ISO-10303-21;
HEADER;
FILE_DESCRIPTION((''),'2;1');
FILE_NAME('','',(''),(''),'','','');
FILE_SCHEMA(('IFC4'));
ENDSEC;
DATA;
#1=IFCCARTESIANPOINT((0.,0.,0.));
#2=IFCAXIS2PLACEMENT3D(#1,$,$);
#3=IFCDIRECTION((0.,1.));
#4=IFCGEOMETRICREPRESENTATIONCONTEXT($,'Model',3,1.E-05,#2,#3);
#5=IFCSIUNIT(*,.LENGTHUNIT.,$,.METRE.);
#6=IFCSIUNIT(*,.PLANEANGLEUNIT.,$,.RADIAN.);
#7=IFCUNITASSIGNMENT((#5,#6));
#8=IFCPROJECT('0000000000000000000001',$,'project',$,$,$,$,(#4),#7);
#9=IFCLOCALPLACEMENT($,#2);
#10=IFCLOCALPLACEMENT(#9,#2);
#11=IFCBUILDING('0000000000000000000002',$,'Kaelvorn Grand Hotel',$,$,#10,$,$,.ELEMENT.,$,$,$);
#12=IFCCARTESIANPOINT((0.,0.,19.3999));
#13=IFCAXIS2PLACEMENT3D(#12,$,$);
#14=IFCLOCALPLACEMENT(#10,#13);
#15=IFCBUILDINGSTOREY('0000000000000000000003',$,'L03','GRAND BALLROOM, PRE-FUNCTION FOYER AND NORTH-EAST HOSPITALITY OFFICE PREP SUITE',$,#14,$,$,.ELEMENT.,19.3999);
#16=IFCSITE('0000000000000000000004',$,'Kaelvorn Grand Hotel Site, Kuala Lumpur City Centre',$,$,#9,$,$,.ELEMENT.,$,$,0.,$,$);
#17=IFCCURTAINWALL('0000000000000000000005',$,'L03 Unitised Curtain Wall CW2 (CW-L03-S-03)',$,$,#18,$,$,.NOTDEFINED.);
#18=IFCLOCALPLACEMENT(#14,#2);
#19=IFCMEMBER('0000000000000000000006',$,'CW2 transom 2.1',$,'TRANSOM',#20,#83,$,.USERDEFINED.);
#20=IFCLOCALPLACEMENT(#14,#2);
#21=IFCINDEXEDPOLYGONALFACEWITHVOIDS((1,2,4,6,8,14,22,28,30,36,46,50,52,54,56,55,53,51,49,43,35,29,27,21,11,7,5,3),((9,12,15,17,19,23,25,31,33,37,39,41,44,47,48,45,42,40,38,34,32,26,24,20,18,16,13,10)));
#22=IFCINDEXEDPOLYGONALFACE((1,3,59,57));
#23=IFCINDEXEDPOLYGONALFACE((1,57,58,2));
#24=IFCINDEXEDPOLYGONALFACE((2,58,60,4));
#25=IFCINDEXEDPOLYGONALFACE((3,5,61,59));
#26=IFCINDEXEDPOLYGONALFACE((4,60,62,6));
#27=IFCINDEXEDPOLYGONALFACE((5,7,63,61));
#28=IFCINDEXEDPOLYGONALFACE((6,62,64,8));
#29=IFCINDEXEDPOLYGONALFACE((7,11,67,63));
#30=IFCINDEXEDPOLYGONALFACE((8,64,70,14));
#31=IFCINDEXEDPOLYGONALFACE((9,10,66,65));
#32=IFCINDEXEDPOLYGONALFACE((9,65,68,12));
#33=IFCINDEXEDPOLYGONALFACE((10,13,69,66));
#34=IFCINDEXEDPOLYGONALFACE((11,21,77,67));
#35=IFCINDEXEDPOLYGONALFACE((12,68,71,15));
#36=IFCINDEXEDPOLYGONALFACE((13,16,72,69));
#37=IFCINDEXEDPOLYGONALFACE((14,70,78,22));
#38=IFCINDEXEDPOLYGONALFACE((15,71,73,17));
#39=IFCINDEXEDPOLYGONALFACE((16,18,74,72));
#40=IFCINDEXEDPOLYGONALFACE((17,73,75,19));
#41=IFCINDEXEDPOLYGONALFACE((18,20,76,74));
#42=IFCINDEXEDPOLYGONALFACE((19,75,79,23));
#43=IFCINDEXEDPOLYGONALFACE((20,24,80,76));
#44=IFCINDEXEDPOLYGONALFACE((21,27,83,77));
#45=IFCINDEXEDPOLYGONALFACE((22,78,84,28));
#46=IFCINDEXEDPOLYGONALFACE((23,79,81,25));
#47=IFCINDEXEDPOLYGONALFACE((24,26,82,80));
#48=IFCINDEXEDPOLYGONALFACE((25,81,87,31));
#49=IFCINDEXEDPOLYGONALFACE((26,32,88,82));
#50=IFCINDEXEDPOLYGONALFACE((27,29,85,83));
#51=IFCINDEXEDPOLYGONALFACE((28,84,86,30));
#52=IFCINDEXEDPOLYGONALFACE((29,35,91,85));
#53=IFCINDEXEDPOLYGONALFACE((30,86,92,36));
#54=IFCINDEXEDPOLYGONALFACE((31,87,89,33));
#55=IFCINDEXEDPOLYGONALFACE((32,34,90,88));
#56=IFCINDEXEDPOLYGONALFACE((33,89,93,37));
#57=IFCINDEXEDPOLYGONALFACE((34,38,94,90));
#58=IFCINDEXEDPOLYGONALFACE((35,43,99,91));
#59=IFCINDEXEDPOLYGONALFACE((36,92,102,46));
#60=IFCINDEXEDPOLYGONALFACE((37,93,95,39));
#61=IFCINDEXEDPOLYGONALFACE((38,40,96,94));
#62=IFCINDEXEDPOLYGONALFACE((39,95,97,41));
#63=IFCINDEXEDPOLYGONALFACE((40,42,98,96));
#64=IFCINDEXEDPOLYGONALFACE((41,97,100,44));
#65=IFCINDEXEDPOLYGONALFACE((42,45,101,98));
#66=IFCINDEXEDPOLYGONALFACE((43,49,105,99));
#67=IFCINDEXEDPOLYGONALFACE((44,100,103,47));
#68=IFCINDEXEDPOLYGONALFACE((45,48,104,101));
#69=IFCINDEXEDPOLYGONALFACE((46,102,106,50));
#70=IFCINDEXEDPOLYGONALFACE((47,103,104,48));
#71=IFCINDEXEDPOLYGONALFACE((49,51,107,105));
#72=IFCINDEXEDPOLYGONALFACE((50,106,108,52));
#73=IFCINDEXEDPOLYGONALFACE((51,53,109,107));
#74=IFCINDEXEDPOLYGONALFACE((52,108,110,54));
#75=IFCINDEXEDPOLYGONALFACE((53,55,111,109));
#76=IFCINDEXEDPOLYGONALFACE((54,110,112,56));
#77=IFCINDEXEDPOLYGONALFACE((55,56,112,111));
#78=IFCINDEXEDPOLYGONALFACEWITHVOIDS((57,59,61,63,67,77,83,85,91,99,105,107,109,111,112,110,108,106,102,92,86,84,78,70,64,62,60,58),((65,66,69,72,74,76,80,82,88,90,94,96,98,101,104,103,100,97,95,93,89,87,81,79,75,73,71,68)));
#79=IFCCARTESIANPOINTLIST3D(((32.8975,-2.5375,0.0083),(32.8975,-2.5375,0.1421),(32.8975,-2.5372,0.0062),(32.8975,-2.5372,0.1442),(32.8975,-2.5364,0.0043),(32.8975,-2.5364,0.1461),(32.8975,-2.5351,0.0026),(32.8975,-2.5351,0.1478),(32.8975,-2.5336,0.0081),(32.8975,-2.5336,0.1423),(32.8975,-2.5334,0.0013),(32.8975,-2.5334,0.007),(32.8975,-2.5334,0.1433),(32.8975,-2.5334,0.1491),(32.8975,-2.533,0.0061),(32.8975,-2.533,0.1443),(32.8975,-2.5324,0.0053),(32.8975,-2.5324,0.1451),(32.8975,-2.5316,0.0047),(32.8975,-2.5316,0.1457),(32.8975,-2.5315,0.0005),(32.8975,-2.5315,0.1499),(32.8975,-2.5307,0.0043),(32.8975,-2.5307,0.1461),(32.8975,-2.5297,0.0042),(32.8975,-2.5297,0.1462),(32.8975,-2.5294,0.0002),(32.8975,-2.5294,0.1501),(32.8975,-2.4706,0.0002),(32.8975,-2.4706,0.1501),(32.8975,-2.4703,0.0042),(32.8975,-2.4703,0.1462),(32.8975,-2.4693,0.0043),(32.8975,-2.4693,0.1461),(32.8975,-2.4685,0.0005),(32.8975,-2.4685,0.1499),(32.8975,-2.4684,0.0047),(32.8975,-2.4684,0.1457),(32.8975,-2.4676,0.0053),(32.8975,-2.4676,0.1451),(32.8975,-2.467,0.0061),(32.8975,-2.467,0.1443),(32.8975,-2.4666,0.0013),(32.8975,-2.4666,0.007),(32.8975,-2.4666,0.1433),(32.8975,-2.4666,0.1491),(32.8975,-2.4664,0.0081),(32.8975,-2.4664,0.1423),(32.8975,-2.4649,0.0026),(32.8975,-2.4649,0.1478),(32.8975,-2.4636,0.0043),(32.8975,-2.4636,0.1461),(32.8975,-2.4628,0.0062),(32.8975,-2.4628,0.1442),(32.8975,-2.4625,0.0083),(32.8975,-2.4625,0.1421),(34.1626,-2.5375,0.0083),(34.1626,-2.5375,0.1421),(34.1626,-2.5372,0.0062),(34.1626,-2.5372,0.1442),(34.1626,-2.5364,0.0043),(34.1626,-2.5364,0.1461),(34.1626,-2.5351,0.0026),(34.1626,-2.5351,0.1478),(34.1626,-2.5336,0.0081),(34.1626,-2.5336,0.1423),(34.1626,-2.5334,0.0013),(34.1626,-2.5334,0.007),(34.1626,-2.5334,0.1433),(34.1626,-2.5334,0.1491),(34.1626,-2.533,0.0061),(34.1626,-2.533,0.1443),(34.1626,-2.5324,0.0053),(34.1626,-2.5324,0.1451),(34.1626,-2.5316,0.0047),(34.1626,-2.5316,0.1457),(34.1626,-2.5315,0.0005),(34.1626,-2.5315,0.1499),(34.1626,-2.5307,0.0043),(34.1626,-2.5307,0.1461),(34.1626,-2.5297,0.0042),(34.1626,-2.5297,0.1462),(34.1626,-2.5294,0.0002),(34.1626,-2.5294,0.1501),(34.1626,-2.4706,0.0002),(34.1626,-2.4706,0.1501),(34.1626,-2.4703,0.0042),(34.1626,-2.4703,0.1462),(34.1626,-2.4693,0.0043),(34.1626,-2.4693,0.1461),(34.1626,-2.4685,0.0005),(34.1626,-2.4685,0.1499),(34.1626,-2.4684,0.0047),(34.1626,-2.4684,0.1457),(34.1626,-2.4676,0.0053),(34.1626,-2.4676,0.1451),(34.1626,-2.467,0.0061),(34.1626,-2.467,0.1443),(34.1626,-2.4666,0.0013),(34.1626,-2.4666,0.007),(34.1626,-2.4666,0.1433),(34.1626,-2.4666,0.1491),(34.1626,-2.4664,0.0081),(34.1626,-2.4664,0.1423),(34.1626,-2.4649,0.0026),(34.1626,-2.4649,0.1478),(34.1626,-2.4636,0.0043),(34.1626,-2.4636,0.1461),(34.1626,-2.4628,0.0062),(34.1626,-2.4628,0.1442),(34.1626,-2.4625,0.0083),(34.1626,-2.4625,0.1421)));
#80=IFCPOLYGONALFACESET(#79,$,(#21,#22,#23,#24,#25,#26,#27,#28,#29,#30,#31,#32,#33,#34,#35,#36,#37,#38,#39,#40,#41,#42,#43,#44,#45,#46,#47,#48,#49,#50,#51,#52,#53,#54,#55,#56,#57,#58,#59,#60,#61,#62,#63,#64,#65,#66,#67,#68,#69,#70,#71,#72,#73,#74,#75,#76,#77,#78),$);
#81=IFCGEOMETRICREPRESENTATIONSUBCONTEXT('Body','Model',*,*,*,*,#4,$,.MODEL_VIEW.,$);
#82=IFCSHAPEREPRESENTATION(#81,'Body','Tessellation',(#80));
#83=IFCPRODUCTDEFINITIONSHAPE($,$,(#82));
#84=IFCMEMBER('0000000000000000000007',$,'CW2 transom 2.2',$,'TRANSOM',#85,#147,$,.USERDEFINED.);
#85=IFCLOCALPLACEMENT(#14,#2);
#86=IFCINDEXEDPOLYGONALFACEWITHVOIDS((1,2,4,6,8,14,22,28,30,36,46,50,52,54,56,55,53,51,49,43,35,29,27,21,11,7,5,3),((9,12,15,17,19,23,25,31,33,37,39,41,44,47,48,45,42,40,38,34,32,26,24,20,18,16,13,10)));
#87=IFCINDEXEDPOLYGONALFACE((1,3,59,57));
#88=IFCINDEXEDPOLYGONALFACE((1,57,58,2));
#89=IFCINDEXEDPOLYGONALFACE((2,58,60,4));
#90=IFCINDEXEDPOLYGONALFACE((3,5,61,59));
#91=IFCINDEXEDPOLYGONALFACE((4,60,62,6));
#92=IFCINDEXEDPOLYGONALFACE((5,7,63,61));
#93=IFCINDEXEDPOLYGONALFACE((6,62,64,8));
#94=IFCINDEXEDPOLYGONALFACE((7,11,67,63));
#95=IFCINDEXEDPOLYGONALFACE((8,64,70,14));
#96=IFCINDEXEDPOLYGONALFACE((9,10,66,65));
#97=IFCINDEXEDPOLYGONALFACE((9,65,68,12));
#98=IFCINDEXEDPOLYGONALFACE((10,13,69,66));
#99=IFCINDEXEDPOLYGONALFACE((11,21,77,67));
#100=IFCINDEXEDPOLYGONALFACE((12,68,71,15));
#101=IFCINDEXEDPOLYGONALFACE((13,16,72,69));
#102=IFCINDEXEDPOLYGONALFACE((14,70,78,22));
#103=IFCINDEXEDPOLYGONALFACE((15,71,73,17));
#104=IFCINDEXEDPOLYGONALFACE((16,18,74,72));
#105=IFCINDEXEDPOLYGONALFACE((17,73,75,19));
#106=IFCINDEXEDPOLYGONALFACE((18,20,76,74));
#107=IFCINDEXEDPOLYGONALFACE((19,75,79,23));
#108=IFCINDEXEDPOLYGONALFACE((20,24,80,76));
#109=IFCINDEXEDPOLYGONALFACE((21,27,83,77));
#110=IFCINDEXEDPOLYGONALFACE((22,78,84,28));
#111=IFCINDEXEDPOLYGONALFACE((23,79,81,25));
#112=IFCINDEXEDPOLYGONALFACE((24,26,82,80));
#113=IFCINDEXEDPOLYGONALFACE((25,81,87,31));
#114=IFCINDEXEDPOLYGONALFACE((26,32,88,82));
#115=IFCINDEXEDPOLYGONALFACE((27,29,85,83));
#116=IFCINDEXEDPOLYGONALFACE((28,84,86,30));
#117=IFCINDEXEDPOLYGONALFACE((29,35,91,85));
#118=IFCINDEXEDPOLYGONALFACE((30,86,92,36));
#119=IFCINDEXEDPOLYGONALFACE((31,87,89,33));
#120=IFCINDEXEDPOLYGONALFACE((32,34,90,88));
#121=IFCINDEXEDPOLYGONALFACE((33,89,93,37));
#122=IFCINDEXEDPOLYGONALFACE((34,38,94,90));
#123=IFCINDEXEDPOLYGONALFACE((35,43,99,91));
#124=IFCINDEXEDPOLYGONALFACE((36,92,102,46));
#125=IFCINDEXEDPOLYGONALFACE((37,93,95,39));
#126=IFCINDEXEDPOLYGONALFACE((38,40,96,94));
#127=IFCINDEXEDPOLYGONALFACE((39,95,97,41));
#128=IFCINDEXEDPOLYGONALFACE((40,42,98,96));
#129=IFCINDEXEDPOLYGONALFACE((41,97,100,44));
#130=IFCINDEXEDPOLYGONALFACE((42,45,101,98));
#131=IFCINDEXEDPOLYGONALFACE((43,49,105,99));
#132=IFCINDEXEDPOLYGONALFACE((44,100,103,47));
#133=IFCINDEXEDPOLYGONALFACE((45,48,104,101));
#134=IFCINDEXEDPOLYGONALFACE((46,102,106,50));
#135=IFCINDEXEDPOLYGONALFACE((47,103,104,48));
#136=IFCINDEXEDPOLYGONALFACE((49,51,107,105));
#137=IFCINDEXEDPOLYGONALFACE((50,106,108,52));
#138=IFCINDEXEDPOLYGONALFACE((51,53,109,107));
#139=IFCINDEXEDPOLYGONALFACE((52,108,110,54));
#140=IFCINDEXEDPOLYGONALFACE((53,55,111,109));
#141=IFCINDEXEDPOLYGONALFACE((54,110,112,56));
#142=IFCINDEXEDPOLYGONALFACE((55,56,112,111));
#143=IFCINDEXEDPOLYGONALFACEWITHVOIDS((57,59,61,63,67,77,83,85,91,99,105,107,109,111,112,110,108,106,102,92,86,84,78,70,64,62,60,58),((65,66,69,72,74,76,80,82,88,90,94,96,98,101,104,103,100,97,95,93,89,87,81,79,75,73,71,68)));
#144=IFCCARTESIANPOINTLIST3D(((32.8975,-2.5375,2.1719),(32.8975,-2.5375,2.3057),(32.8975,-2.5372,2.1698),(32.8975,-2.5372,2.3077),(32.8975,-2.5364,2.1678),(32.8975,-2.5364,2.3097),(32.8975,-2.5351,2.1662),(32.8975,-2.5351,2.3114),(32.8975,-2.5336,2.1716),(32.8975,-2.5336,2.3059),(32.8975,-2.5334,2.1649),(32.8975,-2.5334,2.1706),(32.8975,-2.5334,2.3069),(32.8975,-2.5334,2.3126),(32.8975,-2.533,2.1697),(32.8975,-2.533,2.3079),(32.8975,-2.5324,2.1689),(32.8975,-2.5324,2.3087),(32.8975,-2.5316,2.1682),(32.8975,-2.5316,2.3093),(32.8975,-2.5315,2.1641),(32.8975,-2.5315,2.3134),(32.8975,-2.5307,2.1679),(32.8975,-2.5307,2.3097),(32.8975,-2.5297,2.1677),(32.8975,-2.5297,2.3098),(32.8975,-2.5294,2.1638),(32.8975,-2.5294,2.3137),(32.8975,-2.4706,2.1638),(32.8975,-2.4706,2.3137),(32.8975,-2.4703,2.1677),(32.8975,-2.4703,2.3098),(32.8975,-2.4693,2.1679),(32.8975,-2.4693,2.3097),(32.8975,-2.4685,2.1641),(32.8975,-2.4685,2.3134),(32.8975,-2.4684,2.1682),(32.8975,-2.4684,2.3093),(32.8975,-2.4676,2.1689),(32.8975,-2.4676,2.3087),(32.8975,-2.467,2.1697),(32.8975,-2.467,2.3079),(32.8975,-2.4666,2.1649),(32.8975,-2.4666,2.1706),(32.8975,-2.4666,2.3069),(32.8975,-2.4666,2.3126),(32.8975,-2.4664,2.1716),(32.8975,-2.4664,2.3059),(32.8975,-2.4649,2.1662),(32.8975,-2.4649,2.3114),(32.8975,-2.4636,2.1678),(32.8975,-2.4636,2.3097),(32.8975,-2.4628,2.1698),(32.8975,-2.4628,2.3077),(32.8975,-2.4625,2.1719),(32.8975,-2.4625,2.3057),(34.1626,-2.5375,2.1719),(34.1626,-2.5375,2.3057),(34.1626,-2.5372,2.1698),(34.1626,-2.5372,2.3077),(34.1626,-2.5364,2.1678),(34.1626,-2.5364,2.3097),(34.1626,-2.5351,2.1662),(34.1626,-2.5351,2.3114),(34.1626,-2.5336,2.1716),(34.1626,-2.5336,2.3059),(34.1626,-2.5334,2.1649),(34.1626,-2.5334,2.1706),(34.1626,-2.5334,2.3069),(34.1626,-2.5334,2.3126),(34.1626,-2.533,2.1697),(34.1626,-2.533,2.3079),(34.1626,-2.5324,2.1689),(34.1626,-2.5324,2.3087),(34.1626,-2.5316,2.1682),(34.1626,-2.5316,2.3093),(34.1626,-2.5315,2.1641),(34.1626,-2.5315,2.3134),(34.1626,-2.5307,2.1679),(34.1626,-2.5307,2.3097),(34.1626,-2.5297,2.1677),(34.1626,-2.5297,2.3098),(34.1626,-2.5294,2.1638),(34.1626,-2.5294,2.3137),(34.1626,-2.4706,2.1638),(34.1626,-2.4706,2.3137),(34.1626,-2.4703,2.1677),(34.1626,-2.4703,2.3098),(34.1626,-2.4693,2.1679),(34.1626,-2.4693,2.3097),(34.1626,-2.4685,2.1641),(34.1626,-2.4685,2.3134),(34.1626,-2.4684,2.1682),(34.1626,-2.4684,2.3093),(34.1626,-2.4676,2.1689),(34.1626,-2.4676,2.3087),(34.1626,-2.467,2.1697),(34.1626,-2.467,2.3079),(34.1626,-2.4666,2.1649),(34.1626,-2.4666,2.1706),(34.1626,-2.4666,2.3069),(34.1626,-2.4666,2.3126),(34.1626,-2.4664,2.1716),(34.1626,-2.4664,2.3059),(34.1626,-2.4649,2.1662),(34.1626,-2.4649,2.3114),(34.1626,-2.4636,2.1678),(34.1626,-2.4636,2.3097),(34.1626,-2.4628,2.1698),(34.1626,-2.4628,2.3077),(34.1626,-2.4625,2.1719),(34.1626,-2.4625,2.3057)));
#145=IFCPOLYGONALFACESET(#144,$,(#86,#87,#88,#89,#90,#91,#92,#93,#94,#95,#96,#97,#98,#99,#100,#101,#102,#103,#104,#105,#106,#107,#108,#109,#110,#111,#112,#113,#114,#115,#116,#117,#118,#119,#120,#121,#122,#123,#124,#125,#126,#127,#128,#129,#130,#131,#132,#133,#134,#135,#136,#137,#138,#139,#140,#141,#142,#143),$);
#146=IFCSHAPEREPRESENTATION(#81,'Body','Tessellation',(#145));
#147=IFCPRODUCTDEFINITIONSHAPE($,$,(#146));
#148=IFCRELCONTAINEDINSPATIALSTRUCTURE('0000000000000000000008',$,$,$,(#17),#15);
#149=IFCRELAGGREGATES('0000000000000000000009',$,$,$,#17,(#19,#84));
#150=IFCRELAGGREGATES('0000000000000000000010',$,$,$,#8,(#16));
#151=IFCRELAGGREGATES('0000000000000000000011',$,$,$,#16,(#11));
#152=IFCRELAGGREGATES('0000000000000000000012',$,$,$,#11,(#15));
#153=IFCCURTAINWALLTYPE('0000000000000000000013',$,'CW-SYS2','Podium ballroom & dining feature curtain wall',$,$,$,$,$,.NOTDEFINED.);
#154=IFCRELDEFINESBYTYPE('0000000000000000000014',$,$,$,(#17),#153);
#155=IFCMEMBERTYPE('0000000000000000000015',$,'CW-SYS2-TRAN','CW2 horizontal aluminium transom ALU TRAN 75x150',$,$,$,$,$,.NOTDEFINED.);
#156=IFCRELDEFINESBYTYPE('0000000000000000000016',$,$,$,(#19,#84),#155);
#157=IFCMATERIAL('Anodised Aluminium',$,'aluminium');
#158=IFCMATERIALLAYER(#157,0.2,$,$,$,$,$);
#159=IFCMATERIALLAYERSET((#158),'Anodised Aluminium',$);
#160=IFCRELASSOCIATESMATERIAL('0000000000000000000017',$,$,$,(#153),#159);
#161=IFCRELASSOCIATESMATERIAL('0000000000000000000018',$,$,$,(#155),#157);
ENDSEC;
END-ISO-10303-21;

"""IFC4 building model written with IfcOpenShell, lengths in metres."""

from ifc_helpers import new_model, si_unit, direction, frame, origin, origin_2d, place, context, subcontext, project, spatial, hollow_rectangle, extrude, material, layer, layer_set, material_profile, profile_set, type_object, element, aggregate, save


model = new_model("IFC4")

# Units and contexts
model_context = context("Model", 3, precision=1e-05, world=origin(), true_north=direction((0.0, 1.0)))
body_context = subcontext(model_context, "Body", "Model", "MODEL_VIEW")
ifc_project = project(units=[si_unit("LENGTHUNIT", "METRE"), si_unit("PLANEANGLEUNIT", "RADIAN")], contexts=[model_context])

# Site, building, storey
site_placement = place(None, origin())
site = spatial("IfcSite", under=ifc_project, at=site_placement, Name="Kaelvorn Grand Hotel Site, Kuala Lumpur City Centre", CompositionType="ELEMENT", RefElevation=0.0)
building_placement = place(site_placement, origin())
building = spatial("IfcBuilding", under=site, at=building_placement, Name="Kaelvorn Grand Hotel", CompositionType="ELEMENT")
storey_placement = place(building_placement, frame((0.0, 0.0, 19.3999)))
storey = spatial("IfcBuildingStorey", under=building, at=storey_placement, Name="L03", Description="GRAND BALLROOM, PRE-FUNCTION FOYER AND NORTH-EAST HOSPITALITY OFFICE PREP SUITE", CompositionType="ELEMENT", Elevation=19.3999)

# Curtain wall
ifc_material_1 = material(Name="Anodised Aluminium", Category="aluminium")
ifc_layer_1 = layer(ifc_material_1, 0.2)
ifc_layer_set_1 = layer_set([ifc_layer_1], Name="Anodised Aluminium")
curtain_wall_type = type_object("IfcCurtainWallType", Name="CW-SYS2", Description="Podium ballroom & dining feature curtain wall", PredefinedType="NOTDEFINED", material=ifc_layer_set_1)
curtain_wall_1_placement = place(storey_placement, origin())
curtain_wall_1 = element("IfcCurtainWall", 1, at=curtain_wall_1_placement, inside=storey, type_object=curtain_wall_type, Name="L03 Unitised Curtain Wall CW2 (CW-L03-S-03)", PredefinedType="NOTDEFINED")

# Members
ifc_material_profile_1 = material_profile(ifc_material_1, hollow_rectangle(XDim=0.075, YDim=0.1499, WallThickness=0.0039, InnerFilletRadius=0.0039, OuterFilletRadius=0.0081, at=origin_2d()), Name="ALU TRAN 75x150")
ifc_profile_set_1 = profile_set([ifc_material_profile_1], Name="Anodised Aluminium")
member_type_1 = type_object("IfcMemberType", Name="CW-SYS2-TRAN", Description="CW2 horizontal aluminium transom ALU TRAN 75x150", PredefinedType="NOTDEFINED", material=ifc_profile_set_1)
member_1_placement = place(storey_placement, frame((32.8975, -2.5, 0.0752), z_axis=(1.0, 0.0, 0.0), x_axis=(0.0, 1.0, 0.0)))
member_1 = element("IfcMember", 2, at=member_1_placement, type_object=member_type_1, Name="CW2 transom 2.1", ObjectType="TRANSOM", PredefinedType="USERDEFINED", context=body_context, shape_type="SweptSolid", body=[
    extrude(hollow_rectangle(XDim=0.075, YDim=0.1499, WallThickness=0.0039, InnerFilletRadius=0.0039, OuterFilletRadius=0.0081, at=origin_2d()), origin(), (0.0, 0.0, 1.0), 1.2651),
])
member_2_placement = place(storey_placement, frame((32.8975, -2.5, 2.2388), z_axis=(1.0, 0.0, 0.0), x_axis=(0.0, 1.0, 0.0)))
member_2 = element("IfcMember", 3, at=member_2_placement, type_object=member_type_1, Name="CW2 transom 2.2", ObjectType="TRANSOM", PredefinedType="USERDEFINED", context=body_context, shape_type="SweptSolid", body=[
    extrude(hollow_rectangle(XDim=0.075, YDim=0.1499, WallThickness=0.0039, InnerFilletRadius=0.0039, OuterFilletRadius=0.0081, at=origin_2d()), origin(), (0.0, 0.0, 1.0), 1.2651),
])

aggregate(curtain_wall_1, [member_1, member_2])

save(model, "model.ifc")
